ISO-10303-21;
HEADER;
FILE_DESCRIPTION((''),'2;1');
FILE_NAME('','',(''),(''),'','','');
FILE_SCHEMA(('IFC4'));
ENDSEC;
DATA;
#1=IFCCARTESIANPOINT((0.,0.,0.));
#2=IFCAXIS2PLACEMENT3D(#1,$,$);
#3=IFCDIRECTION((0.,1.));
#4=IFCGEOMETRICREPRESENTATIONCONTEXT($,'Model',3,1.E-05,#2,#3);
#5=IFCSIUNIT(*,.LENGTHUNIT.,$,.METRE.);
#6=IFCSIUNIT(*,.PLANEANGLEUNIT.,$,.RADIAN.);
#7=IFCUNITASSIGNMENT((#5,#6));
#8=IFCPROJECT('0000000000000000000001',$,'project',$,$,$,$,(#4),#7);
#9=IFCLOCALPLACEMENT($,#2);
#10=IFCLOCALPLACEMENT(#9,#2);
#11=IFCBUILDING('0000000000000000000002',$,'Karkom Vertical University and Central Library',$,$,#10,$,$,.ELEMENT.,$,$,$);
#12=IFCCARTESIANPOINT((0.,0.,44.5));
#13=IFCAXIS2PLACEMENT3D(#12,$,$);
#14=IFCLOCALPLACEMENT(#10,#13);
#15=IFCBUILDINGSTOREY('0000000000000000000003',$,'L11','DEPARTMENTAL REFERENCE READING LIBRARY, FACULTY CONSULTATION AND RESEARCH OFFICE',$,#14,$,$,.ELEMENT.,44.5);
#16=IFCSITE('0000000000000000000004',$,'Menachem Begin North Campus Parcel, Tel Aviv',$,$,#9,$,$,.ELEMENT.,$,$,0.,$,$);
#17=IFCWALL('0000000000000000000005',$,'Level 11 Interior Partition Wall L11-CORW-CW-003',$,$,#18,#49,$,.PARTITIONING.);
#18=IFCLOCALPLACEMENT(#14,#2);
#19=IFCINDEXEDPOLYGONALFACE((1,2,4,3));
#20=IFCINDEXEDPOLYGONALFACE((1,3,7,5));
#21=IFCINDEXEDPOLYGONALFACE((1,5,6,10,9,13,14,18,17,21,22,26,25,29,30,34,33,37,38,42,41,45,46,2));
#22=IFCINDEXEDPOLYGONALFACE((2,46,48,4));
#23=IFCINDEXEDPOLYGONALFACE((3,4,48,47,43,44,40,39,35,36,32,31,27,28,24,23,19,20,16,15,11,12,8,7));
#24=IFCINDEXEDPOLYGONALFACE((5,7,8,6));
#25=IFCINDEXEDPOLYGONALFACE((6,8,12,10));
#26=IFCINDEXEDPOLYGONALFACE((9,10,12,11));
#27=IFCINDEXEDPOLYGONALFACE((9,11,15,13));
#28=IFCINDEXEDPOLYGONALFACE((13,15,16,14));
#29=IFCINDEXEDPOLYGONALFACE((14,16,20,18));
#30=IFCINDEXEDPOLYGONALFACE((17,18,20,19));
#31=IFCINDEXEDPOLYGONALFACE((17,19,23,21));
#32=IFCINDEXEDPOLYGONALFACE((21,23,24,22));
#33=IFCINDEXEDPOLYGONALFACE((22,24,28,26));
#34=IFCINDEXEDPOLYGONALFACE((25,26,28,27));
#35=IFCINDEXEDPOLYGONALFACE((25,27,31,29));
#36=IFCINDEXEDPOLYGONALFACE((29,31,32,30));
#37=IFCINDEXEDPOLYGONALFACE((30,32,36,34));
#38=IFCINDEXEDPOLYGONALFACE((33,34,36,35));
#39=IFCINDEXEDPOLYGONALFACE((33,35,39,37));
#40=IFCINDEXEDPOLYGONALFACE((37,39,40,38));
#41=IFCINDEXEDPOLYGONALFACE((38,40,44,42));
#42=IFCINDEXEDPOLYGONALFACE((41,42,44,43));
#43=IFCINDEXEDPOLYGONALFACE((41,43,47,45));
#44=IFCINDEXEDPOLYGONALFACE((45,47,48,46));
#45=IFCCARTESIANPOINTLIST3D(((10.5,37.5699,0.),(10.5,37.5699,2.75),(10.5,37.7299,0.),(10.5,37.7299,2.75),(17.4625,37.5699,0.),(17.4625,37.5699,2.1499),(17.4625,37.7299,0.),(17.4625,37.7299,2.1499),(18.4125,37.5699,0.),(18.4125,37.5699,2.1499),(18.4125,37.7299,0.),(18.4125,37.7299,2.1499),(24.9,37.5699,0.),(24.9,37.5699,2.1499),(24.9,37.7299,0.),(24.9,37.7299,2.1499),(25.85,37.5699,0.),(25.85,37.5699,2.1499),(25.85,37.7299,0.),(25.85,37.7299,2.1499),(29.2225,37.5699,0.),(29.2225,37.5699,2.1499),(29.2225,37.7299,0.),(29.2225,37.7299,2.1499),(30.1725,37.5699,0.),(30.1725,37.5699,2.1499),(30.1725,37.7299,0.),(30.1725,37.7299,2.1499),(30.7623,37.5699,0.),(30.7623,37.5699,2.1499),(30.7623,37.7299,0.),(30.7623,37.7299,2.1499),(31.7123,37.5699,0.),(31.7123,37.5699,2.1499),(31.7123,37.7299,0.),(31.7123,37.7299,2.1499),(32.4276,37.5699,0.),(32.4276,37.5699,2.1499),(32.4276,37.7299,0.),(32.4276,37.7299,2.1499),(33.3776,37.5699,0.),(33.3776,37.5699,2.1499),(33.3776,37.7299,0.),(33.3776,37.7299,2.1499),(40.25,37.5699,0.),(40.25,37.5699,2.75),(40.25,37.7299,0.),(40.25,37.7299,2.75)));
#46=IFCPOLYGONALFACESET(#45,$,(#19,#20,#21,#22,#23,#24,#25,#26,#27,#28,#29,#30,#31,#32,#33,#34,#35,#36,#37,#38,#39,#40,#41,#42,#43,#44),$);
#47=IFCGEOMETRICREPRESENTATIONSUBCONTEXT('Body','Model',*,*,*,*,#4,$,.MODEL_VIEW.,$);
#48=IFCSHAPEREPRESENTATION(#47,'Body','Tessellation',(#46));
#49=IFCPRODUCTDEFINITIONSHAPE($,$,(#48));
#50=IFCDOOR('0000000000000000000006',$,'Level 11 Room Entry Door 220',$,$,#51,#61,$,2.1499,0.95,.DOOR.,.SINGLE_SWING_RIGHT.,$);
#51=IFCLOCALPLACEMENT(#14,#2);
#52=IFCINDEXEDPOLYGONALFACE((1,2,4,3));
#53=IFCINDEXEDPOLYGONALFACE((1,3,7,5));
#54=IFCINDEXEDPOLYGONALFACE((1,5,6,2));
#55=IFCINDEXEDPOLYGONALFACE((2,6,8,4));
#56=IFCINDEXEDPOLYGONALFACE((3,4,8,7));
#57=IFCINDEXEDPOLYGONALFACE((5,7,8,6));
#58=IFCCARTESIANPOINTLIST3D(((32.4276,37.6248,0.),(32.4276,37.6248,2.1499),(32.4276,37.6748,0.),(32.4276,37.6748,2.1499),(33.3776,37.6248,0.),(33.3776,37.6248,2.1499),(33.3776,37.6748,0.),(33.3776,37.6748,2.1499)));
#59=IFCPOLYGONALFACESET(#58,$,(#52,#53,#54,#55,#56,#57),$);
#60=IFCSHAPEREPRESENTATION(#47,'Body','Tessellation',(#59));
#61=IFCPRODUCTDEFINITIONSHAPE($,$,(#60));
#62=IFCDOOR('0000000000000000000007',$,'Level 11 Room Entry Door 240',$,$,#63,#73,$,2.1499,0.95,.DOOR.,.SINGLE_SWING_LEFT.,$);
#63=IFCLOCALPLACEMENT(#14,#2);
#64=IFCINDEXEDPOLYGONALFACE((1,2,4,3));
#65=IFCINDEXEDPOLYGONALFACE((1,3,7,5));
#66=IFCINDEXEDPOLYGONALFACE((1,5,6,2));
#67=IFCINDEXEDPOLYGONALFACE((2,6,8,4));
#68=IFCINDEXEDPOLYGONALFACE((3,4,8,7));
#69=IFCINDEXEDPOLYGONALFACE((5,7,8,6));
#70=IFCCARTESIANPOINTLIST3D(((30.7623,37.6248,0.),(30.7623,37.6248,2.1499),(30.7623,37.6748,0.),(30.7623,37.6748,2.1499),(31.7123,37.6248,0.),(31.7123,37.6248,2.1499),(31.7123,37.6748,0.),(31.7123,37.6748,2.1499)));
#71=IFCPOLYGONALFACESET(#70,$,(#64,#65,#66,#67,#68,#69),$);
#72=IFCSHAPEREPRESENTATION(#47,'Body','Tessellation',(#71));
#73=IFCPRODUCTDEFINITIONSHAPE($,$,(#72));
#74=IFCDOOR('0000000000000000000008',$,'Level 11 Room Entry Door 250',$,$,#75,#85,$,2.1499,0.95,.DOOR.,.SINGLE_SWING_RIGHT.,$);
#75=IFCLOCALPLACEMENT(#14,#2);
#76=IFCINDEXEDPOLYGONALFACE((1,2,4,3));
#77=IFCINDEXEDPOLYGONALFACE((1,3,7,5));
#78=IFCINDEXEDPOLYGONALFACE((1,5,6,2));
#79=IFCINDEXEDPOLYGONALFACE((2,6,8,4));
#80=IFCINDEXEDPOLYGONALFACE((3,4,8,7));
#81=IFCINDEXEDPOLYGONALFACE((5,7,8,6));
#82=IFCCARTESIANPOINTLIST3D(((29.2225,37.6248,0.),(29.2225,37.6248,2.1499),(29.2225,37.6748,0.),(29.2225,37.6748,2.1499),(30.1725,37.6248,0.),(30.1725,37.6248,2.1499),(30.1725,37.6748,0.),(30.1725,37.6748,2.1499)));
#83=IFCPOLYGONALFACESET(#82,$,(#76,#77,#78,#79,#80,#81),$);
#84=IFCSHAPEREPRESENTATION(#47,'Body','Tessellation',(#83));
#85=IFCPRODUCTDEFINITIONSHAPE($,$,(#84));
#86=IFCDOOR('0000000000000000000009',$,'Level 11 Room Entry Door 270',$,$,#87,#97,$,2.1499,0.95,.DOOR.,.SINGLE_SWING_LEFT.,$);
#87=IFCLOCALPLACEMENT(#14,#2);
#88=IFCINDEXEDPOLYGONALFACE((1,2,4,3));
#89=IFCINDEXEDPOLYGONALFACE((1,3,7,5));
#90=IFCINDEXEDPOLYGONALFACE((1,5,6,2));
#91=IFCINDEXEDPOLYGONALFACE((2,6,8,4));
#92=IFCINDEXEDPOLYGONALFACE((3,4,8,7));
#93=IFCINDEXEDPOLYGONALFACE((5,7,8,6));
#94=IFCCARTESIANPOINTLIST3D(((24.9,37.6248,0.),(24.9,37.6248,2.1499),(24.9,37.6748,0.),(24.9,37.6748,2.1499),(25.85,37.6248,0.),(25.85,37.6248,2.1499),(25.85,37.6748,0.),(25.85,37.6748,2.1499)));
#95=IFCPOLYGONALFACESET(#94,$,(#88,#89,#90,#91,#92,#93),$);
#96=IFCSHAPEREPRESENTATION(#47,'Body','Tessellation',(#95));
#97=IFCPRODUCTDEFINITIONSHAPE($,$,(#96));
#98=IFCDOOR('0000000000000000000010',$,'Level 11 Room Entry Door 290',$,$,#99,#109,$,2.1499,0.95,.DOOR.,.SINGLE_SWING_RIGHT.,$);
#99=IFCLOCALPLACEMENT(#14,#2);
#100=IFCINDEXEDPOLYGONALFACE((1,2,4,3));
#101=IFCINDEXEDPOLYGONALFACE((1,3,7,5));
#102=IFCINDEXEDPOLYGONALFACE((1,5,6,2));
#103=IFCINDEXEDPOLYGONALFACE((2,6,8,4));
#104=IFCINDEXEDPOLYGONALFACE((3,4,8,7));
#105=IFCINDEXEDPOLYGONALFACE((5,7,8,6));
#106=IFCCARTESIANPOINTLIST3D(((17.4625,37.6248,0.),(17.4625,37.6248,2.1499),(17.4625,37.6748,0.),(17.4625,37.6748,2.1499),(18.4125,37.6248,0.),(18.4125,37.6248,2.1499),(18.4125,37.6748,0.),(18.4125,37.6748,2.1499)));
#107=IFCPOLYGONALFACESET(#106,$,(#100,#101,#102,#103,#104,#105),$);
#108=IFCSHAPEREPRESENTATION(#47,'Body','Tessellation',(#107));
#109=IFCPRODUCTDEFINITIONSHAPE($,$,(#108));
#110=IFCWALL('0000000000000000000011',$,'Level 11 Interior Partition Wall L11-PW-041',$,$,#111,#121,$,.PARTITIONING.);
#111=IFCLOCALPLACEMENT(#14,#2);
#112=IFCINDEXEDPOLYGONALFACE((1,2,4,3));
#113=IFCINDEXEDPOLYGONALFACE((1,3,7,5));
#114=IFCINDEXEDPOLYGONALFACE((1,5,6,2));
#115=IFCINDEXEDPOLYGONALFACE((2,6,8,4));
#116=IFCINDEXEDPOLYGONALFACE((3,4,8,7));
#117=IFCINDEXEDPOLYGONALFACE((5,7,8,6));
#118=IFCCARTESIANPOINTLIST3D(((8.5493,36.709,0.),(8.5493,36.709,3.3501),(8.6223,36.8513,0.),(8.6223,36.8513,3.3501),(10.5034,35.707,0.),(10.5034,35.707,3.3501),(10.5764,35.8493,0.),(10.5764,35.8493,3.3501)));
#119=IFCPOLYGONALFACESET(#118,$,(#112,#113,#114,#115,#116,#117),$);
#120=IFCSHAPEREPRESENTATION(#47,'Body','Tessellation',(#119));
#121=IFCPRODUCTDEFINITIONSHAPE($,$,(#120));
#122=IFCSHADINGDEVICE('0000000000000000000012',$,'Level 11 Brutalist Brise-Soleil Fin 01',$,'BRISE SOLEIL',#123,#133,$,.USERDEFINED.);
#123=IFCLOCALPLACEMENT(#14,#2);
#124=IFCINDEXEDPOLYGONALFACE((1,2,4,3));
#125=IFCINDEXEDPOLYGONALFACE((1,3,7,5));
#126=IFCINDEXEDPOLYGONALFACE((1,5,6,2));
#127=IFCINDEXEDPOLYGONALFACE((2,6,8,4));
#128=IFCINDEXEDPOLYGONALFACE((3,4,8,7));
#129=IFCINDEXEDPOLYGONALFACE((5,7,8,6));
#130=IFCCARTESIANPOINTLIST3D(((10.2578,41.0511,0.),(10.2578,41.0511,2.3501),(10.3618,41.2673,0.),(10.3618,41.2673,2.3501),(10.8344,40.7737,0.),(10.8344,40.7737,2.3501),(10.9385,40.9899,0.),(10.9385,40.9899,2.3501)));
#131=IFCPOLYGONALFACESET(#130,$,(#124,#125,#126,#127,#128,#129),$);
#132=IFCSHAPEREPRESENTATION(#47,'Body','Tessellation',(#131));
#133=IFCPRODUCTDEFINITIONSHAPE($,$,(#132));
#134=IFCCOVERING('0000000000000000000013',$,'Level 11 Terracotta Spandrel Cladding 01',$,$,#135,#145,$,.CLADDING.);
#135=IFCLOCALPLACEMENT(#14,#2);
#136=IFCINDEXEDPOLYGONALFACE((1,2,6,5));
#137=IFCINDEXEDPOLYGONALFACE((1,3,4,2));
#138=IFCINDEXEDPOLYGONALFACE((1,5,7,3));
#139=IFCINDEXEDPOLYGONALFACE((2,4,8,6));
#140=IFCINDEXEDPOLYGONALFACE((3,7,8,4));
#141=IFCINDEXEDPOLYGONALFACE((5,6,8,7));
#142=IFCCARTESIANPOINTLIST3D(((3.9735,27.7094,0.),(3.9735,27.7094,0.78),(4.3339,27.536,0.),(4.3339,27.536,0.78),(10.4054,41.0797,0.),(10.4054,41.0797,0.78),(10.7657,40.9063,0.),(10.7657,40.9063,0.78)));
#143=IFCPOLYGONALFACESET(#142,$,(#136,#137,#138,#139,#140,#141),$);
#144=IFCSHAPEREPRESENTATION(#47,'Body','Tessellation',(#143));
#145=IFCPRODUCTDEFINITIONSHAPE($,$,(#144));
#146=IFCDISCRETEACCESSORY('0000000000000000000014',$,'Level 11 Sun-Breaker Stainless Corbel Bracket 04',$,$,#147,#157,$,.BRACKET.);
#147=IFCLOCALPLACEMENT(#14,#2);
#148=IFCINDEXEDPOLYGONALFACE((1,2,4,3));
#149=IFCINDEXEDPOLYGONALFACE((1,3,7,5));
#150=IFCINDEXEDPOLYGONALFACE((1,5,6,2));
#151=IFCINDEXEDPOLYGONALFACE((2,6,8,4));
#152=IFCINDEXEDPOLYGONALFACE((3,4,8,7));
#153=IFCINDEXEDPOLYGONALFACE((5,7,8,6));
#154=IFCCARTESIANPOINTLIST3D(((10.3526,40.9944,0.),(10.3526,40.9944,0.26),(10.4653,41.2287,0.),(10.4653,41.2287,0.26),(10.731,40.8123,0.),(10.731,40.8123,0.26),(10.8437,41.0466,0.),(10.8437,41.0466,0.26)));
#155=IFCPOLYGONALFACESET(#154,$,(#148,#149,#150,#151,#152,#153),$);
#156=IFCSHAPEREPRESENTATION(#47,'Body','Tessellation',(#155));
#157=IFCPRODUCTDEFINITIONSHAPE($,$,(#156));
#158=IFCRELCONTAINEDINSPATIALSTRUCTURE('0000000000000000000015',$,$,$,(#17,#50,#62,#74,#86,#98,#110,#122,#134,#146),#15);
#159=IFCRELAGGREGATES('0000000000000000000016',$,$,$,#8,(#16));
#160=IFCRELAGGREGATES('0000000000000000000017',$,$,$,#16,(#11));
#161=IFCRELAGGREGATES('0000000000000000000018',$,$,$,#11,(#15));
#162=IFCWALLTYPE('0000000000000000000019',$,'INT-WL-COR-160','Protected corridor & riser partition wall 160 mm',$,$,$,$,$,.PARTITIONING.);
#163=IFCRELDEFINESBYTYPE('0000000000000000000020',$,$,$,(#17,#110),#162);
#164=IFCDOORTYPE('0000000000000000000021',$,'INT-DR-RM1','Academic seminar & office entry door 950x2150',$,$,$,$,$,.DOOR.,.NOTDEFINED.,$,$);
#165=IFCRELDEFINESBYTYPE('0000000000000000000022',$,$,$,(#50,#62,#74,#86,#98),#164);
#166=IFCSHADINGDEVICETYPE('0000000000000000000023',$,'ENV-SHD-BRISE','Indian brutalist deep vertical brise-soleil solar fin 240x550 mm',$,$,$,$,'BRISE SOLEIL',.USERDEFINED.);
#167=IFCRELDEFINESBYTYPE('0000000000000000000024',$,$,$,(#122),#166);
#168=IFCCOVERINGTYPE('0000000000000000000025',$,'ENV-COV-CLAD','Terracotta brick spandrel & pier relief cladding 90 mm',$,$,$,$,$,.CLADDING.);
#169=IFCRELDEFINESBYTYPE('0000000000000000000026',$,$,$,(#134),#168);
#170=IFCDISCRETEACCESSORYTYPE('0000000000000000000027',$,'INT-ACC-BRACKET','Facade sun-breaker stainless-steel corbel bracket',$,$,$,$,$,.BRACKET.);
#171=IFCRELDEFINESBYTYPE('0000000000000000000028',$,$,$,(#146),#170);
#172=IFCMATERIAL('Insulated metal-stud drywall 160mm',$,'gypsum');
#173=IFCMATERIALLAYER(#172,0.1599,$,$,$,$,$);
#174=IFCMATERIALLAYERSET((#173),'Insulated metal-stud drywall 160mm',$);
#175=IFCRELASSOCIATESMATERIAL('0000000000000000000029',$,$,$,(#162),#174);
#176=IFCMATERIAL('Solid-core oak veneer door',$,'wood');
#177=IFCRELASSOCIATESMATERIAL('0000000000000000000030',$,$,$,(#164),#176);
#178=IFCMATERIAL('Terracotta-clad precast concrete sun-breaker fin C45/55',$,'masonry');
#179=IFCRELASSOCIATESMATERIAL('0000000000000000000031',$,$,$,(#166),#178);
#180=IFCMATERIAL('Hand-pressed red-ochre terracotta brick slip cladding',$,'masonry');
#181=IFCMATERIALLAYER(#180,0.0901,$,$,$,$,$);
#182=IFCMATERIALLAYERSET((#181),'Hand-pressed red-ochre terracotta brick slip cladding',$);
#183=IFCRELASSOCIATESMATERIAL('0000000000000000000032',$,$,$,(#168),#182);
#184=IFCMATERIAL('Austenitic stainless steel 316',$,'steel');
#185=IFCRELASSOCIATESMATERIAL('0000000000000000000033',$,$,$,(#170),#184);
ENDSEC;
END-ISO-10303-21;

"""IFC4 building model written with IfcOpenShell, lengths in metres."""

from ifc_helpers import new_model, si_unit, direction, frame, frame_2d, origin, origin_with_axes, origin_2d, place, context, subcontext, project, spatial, rectangle, extrude, source, transform, mapped, material, layer, layer_set, type_object, element, fill, save


model = new_model("IFC4")

# Units and contexts
model_context = context("Model", 3, precision=1e-05, world=origin(), true_north=direction((0.0, 1.0)))
body_context = subcontext(model_context, "Body", "Model", "MODEL_VIEW")
ifc_project = project(units=[si_unit("LENGTHUNIT", "METRE"), si_unit("PLANEANGLEUNIT", "RADIAN")], contexts=[model_context])

# Site, building, storey
site_placement = place(None, origin())
site = spatial("IfcSite", under=ifc_project, at=site_placement, Name="Menachem Begin North Campus Parcel, Tel Aviv", CompositionType="ELEMENT", RefElevation=0.0)
building_placement = place(site_placement, origin())
building = spatial("IfcBuilding", under=site, at=building_placement, Name="Karkom Vertical University and Central Library", CompositionType="ELEMENT")
storey_placement = place(building_placement, frame((0.0, 0.0, 44.5)))
storey = spatial("IfcBuildingStorey", under=building, at=storey_placement, Name="L11", Description="DEPARTMENTAL REFERENCE READING LIBRARY, FACULTY CONSULTATION AND RESEARCH OFFICE", CompositionType="ELEMENT", Elevation=44.5)

# Wall, openings, doors
ifc_material_1 = material(Name="Insulated metal-stud drywall 160mm", Category="gypsum")
ifc_layer_1 = layer(ifc_material_1, 0.1599)
ifc_layer_set_1 = layer_set([ifc_layer_1], Name="Insulated metal-stud drywall 160mm")
wall_type_1 = type_object("IfcWallType", Name="INT-WL-COR-160", Description="Protected corridor & riser partition wall 160 mm", PredefinedType="PARTITIONING", material=ifc_layer_set_1)
wall_1_placement = place(storey_placement, frame((10.5, 37.6499, 0.0), z_axis=(0.0, 0.0, 1.0), x_axis=(1.0, 0.0, 0.0)))
wall_1 = element("IfcWall", 1, at=wall_1_placement, inside=storey, type_object=wall_type_1, Name="Level 11 Interior Partition Wall L11-CORW-CW-003", PredefinedType="PARTITIONING", context=body_context, shape_type="SweptSolid", body=[
    extrude(rectangle(XDim=29.75, YDim=0.1599, at=frame_2d((14.875, 0.0))), origin(), (0.0, 0.0, 1.0), 2.75),
])
opening_1_placement = place(wall_1_placement, frame((21.9275, 0.0, 0.0)))
opening_1 = element("IfcOpeningElement", 2, at=opening_1_placement, cuts=wall_1, PredefinedType="OPENING", context=body_context, shape_type="SweptSolid", body=[
    extrude(rectangle(XDim=0.95, YDim=2.1499, at=frame_2d((0.4751, 1.075))), frame((0.0, 0.0898, 0.0), z_axis=(0.0, -1.0, 0.0), x_axis=(1.0, 0.0, 0.0)), (0.0, 0.0, 1.0), 0.1799),
])
opening_2_placement = place(wall_1_placement, frame((20.2622, 0.0, 0.0)))
opening_2 = element("IfcOpeningElement", 3, at=opening_2_placement, cuts=wall_1, PredefinedType="OPENING", context=body_context, shape_type="SweptSolid", body=[
    extrude(rectangle(XDim=0.95, YDim=2.1499, at=frame_2d((0.4751, 1.075))), frame((0.0, 0.0898, 0.0), z_axis=(0.0, -1.0, 0.0), x_axis=(1.0, 0.0, 0.0)), (0.0, 0.0, 1.0), 0.1799),
])
opening_3_placement = place(wall_1_placement, frame((18.7224, 0.0, 0.0)))
opening_3 = element("IfcOpeningElement", 4, at=opening_3_placement, cuts=wall_1, PredefinedType="OPENING", context=body_context, shape_type="SweptSolid", body=[
    extrude(rectangle(XDim=0.95, YDim=2.1499, at=frame_2d((0.4751, 1.075))), frame((0.0, 0.0898, 0.0), z_axis=(0.0, -1.0, 0.0), x_axis=(1.0, 0.0, 0.0)), (0.0, 0.0, 1.0), 0.1799),
])
opening_4_placement = place(wall_1_placement, frame((14.3999, 0.0, 0.0)))
opening_4 = element("IfcOpeningElement", 5, at=opening_4_placement, cuts=wall_1, PredefinedType="OPENING", context=body_context, shape_type="SweptSolid", body=[
    extrude(rectangle(XDim=0.95, YDim=2.1499, at=frame_2d((0.4751, 1.075))), frame((0.0, 0.0898, 0.0), z_axis=(0.0, -1.0, 0.0), x_axis=(1.0, 0.0, 0.0)), (0.0, 0.0, 1.0), 0.1799),
])
opening_5_placement = place(wall_1_placement, frame((6.9624, 0.0, 0.0)))
opening_5 = element("IfcOpeningElement", 6, at=opening_5_placement, cuts=wall_1, PredefinedType="OPENING", context=body_context, shape_type="SweptSolid", body=[
    extrude(rectangle(XDim=0.95, YDim=2.1499, at=frame_2d((0.4751, 1.075))), frame((0.0, 0.0898, 0.0), z_axis=(0.0, -1.0, 0.0), x_axis=(1.0, 0.0, 0.0)), (0.0, 0.0, 1.0), 0.1799),
])
ifc_material_2 = material(Name="Solid-core oak veneer door", Category="wood")
door_type = type_object("IfcDoorType", Name="INT-DR-RM1", Description="Academic seminar & office entry door 950x2150", OperationType="NOTDEFINED", PredefinedType="DOOR", material=ifc_material_2)
shared_shape_1 = source(origin_with_axes(), body_context, "Body", "SweptSolid", [
    extrude(rectangle(XDim=0.95, YDim=2.1499, at=frame_2d((0.4751, 1.075))), frame((0.0, 0.0249, 0.0), z_axis=(0.0, -1.0, 0.0), x_axis=(1.0, 0.0, 0.0)), (0.0, 0.0, 1.0), 0.05),
])
door_1_placement = place(opening_1_placement, origin())
door_1 = element("IfcDoor", 7, at=door_1_placement, inside=storey, type_object=door_type, Name="Level 11 Room Entry Door 220", OperationType="SINGLE_SWING_RIGHT", OverallHeight=2.1499, OverallWidth=0.95, PredefinedType="DOOR", context=body_context, shape_type="MappedRepresentation", body=[
    mapped(shared_shape_1, transform((0.0, 0.0, 0.0), scale=1.0)),
])
fill(opening_1, door_1)
door_2_placement = place(opening_2_placement, origin())
door_2 = element("IfcDoor", 8, at=door_2_placement, inside=storey, type_object=door_type, Name="Level 11 Room Entry Door 240", OperationType="SINGLE_SWING_LEFT", OverallHeight=2.1499, OverallWidth=0.95, PredefinedType="DOOR", context=body_context, shape_type="MappedRepresentation", body=[
    mapped(shared_shape_1, transform((0.0, 0.0, 0.0), scale=1.0)),
])
fill(opening_2, door_2)
door_3_placement = place(opening_3_placement, origin())
door_3 = element("IfcDoor", 9, at=door_3_placement, inside=storey, type_object=door_type, Name="Level 11 Room Entry Door 250", OperationType="SINGLE_SWING_RIGHT", OverallHeight=2.1499, OverallWidth=0.95, PredefinedType="DOOR", context=body_context, shape_type="MappedRepresentation", body=[
    mapped(shared_shape_1, transform((0.0, 0.0, 0.0), scale=1.0)),
])
fill(opening_3, door_3)
door_4_placement = place(opening_4_placement, origin())
door_4 = element("IfcDoor", 10, at=door_4_placement, inside=storey, type_object=door_type, Name="Level 11 Room Entry Door 270", OperationType="SINGLE_SWING_LEFT", OverallHeight=2.1499, OverallWidth=0.95, PredefinedType="DOOR", context=body_context, shape_type="MappedRepresentation", body=[
    mapped(shared_shape_1, transform((0.0, 0.0, 0.0), scale=1.0)),
])
fill(opening_4, door_4)
door_5_placement = place(opening_5_placement, origin())
door_5 = element("IfcDoor", 11, at=door_5_placement, inside=storey, type_object=door_type, Name="Level 11 Room Entry Door 290", OperationType="SINGLE_SWING_RIGHT", OverallHeight=2.1499, OverallWidth=0.95, PredefinedType="DOOR", context=body_context, shape_type="MappedRepresentation", body=[
    mapped(shared_shape_1, transform((0.0, 0.0, 0.0), scale=1.0)),
])
fill(opening_5, door_5)

# Wall
wall_2_placement = place(storey_placement, frame((10.54, 35.7781, 0.0), z_axis=(0.0, 0.0, 1.0), x_axis=(-0.889845, 0.456262, 0.0)))
element("IfcWall", 12, at=wall_2_placement, inside=storey, type_object=wall_type_1, Name="Level 11 Interior Partition Wall L11-PW-041", PredefinedType="PARTITIONING", context=body_context, shape_type="SweptSolid", body=[
    extrude(rectangle(XDim=2.196, YDim=0.1599, at=frame_2d((1.0981, 0.0))), origin(), (0.0, 0.0, 1.0), 3.3501),
])

# Shading device
ifc_material_3 = material(Name="Terracotta-clad precast concrete sun-breaker fin C45/55", Category="masonry")
shading_device_type = type_object("IfcShadingDeviceType", Name="ENV-SHD-BRISE", Description="Indian brutalist deep vertical brise-soleil solar fin 240x550 mm", ElementType="BRISE SOLEIL", PredefinedType="USERDEFINED", material=ifc_material_3)
shared_shape_2 = source(origin_with_axes(), body_context, "Body", "SweptSolid", [
    extrude(rectangle(XDim=0.24, YDim=0.6399, at=origin_2d()), origin(), (0.0, 0.0, 1.0), 2.3501),
])
shading_device_placement = place(storey_placement, frame((10.5981, 41.0205, 0.0), z_axis=(0.0, 0.0, 1.0), x_axis=(-0.433502, -0.901153, 0.0)))
element("IfcShadingDevice", 13, at=shading_device_placement, inside=storey, type_object=shading_device_type, Name="Level 11 Brutalist Brise-Soleil Fin 01", ObjectType="BRISE SOLEIL", PredefinedType="USERDEFINED", context=body_context, shape_type="MappedRepresentation", body=[
    mapped(shared_shape_2, transform((0.0, 0.0, 0.0), scale=1.0)),
])

# Covering
ifc_material_4 = material(Name="Hand-pressed red-ochre terracotta brick slip cladding", Category="masonry")
ifc_layer_2 = layer(ifc_material_4, 0.0901)
ifc_layer_set_2 = layer_set([ifc_layer_2], Name="Hand-pressed red-ochre terracotta brick slip cladding")
covering_type = type_object("IfcCoveringType", Name="ENV-COV-CLAD", Description="Terracotta brick spandrel & pier relief cladding 90 mm", PredefinedType="CLADDING", material=ifc_layer_set_2)
shared_shape_3 = source(origin_with_axes(), body_context, "Body", "SweptSolid", [
    extrude(rectangle(XDim=14.8369, YDim=0.3999, at=origin_2d()), origin(), (0.0, 0.0, 1.0), 0.78),
])
covering_placement = place(storey_placement, frame((7.3696, 34.3079, 0.0), z_axis=(0.0, 0.0, 1.0), x_axis=(-0.433502, -0.901153, 0.0)))
element("IfcCovering", 14, at=covering_placement, inside=storey, type_object=covering_type, Name="Level 11 Terracotta Spandrel Cladding 01", PredefinedType="CLADDING", context=body_context, shape_type="MappedRepresentation", body=[
    mapped(shared_shape_3, transform((0.0, 0.0, 0.0), scale=1.0)),
])

# Discrete accessory
ifc_material_5 = material(Name="Austenitic stainless steel 316", Category="steel")
discrete_accessory_type = type_object("IfcDiscreteAccessoryType", Name="INT-ACC-BRACKET", Description="Facade sun-breaker stainless-steel corbel bracket", PredefinedType="BRACKET", material=ifc_material_5)
shared_shape_4 = source(origin_with_axes(), body_context, "Body", "SweptSolid", [
    extrude(rectangle(XDim=0.26, YDim=0.4199, at=origin_2d()), origin(), (0.0, 0.0, 1.0), 0.26),
])
discrete_accessory_placement = place(storey_placement, frame((10.5981, 41.0205, 0.0), z_axis=(0.0, 0.0, 1.0), x_axis=(-0.433502, -0.901153, 0.0)))
element("IfcDiscreteAccessory", 15, at=discrete_accessory_placement, inside=storey, type_object=discrete_accessory_type, Name="Level 11 Sun-Breaker Stainless Corbel Bracket 04", PredefinedType="BRACKET", context=body_context, shape_type="MappedRepresentation", body=[
    mapped(shared_shape_4, transform((0.0, 0.0, 0.0), scale=1.0)),
])

save(model, "model.ifc")
